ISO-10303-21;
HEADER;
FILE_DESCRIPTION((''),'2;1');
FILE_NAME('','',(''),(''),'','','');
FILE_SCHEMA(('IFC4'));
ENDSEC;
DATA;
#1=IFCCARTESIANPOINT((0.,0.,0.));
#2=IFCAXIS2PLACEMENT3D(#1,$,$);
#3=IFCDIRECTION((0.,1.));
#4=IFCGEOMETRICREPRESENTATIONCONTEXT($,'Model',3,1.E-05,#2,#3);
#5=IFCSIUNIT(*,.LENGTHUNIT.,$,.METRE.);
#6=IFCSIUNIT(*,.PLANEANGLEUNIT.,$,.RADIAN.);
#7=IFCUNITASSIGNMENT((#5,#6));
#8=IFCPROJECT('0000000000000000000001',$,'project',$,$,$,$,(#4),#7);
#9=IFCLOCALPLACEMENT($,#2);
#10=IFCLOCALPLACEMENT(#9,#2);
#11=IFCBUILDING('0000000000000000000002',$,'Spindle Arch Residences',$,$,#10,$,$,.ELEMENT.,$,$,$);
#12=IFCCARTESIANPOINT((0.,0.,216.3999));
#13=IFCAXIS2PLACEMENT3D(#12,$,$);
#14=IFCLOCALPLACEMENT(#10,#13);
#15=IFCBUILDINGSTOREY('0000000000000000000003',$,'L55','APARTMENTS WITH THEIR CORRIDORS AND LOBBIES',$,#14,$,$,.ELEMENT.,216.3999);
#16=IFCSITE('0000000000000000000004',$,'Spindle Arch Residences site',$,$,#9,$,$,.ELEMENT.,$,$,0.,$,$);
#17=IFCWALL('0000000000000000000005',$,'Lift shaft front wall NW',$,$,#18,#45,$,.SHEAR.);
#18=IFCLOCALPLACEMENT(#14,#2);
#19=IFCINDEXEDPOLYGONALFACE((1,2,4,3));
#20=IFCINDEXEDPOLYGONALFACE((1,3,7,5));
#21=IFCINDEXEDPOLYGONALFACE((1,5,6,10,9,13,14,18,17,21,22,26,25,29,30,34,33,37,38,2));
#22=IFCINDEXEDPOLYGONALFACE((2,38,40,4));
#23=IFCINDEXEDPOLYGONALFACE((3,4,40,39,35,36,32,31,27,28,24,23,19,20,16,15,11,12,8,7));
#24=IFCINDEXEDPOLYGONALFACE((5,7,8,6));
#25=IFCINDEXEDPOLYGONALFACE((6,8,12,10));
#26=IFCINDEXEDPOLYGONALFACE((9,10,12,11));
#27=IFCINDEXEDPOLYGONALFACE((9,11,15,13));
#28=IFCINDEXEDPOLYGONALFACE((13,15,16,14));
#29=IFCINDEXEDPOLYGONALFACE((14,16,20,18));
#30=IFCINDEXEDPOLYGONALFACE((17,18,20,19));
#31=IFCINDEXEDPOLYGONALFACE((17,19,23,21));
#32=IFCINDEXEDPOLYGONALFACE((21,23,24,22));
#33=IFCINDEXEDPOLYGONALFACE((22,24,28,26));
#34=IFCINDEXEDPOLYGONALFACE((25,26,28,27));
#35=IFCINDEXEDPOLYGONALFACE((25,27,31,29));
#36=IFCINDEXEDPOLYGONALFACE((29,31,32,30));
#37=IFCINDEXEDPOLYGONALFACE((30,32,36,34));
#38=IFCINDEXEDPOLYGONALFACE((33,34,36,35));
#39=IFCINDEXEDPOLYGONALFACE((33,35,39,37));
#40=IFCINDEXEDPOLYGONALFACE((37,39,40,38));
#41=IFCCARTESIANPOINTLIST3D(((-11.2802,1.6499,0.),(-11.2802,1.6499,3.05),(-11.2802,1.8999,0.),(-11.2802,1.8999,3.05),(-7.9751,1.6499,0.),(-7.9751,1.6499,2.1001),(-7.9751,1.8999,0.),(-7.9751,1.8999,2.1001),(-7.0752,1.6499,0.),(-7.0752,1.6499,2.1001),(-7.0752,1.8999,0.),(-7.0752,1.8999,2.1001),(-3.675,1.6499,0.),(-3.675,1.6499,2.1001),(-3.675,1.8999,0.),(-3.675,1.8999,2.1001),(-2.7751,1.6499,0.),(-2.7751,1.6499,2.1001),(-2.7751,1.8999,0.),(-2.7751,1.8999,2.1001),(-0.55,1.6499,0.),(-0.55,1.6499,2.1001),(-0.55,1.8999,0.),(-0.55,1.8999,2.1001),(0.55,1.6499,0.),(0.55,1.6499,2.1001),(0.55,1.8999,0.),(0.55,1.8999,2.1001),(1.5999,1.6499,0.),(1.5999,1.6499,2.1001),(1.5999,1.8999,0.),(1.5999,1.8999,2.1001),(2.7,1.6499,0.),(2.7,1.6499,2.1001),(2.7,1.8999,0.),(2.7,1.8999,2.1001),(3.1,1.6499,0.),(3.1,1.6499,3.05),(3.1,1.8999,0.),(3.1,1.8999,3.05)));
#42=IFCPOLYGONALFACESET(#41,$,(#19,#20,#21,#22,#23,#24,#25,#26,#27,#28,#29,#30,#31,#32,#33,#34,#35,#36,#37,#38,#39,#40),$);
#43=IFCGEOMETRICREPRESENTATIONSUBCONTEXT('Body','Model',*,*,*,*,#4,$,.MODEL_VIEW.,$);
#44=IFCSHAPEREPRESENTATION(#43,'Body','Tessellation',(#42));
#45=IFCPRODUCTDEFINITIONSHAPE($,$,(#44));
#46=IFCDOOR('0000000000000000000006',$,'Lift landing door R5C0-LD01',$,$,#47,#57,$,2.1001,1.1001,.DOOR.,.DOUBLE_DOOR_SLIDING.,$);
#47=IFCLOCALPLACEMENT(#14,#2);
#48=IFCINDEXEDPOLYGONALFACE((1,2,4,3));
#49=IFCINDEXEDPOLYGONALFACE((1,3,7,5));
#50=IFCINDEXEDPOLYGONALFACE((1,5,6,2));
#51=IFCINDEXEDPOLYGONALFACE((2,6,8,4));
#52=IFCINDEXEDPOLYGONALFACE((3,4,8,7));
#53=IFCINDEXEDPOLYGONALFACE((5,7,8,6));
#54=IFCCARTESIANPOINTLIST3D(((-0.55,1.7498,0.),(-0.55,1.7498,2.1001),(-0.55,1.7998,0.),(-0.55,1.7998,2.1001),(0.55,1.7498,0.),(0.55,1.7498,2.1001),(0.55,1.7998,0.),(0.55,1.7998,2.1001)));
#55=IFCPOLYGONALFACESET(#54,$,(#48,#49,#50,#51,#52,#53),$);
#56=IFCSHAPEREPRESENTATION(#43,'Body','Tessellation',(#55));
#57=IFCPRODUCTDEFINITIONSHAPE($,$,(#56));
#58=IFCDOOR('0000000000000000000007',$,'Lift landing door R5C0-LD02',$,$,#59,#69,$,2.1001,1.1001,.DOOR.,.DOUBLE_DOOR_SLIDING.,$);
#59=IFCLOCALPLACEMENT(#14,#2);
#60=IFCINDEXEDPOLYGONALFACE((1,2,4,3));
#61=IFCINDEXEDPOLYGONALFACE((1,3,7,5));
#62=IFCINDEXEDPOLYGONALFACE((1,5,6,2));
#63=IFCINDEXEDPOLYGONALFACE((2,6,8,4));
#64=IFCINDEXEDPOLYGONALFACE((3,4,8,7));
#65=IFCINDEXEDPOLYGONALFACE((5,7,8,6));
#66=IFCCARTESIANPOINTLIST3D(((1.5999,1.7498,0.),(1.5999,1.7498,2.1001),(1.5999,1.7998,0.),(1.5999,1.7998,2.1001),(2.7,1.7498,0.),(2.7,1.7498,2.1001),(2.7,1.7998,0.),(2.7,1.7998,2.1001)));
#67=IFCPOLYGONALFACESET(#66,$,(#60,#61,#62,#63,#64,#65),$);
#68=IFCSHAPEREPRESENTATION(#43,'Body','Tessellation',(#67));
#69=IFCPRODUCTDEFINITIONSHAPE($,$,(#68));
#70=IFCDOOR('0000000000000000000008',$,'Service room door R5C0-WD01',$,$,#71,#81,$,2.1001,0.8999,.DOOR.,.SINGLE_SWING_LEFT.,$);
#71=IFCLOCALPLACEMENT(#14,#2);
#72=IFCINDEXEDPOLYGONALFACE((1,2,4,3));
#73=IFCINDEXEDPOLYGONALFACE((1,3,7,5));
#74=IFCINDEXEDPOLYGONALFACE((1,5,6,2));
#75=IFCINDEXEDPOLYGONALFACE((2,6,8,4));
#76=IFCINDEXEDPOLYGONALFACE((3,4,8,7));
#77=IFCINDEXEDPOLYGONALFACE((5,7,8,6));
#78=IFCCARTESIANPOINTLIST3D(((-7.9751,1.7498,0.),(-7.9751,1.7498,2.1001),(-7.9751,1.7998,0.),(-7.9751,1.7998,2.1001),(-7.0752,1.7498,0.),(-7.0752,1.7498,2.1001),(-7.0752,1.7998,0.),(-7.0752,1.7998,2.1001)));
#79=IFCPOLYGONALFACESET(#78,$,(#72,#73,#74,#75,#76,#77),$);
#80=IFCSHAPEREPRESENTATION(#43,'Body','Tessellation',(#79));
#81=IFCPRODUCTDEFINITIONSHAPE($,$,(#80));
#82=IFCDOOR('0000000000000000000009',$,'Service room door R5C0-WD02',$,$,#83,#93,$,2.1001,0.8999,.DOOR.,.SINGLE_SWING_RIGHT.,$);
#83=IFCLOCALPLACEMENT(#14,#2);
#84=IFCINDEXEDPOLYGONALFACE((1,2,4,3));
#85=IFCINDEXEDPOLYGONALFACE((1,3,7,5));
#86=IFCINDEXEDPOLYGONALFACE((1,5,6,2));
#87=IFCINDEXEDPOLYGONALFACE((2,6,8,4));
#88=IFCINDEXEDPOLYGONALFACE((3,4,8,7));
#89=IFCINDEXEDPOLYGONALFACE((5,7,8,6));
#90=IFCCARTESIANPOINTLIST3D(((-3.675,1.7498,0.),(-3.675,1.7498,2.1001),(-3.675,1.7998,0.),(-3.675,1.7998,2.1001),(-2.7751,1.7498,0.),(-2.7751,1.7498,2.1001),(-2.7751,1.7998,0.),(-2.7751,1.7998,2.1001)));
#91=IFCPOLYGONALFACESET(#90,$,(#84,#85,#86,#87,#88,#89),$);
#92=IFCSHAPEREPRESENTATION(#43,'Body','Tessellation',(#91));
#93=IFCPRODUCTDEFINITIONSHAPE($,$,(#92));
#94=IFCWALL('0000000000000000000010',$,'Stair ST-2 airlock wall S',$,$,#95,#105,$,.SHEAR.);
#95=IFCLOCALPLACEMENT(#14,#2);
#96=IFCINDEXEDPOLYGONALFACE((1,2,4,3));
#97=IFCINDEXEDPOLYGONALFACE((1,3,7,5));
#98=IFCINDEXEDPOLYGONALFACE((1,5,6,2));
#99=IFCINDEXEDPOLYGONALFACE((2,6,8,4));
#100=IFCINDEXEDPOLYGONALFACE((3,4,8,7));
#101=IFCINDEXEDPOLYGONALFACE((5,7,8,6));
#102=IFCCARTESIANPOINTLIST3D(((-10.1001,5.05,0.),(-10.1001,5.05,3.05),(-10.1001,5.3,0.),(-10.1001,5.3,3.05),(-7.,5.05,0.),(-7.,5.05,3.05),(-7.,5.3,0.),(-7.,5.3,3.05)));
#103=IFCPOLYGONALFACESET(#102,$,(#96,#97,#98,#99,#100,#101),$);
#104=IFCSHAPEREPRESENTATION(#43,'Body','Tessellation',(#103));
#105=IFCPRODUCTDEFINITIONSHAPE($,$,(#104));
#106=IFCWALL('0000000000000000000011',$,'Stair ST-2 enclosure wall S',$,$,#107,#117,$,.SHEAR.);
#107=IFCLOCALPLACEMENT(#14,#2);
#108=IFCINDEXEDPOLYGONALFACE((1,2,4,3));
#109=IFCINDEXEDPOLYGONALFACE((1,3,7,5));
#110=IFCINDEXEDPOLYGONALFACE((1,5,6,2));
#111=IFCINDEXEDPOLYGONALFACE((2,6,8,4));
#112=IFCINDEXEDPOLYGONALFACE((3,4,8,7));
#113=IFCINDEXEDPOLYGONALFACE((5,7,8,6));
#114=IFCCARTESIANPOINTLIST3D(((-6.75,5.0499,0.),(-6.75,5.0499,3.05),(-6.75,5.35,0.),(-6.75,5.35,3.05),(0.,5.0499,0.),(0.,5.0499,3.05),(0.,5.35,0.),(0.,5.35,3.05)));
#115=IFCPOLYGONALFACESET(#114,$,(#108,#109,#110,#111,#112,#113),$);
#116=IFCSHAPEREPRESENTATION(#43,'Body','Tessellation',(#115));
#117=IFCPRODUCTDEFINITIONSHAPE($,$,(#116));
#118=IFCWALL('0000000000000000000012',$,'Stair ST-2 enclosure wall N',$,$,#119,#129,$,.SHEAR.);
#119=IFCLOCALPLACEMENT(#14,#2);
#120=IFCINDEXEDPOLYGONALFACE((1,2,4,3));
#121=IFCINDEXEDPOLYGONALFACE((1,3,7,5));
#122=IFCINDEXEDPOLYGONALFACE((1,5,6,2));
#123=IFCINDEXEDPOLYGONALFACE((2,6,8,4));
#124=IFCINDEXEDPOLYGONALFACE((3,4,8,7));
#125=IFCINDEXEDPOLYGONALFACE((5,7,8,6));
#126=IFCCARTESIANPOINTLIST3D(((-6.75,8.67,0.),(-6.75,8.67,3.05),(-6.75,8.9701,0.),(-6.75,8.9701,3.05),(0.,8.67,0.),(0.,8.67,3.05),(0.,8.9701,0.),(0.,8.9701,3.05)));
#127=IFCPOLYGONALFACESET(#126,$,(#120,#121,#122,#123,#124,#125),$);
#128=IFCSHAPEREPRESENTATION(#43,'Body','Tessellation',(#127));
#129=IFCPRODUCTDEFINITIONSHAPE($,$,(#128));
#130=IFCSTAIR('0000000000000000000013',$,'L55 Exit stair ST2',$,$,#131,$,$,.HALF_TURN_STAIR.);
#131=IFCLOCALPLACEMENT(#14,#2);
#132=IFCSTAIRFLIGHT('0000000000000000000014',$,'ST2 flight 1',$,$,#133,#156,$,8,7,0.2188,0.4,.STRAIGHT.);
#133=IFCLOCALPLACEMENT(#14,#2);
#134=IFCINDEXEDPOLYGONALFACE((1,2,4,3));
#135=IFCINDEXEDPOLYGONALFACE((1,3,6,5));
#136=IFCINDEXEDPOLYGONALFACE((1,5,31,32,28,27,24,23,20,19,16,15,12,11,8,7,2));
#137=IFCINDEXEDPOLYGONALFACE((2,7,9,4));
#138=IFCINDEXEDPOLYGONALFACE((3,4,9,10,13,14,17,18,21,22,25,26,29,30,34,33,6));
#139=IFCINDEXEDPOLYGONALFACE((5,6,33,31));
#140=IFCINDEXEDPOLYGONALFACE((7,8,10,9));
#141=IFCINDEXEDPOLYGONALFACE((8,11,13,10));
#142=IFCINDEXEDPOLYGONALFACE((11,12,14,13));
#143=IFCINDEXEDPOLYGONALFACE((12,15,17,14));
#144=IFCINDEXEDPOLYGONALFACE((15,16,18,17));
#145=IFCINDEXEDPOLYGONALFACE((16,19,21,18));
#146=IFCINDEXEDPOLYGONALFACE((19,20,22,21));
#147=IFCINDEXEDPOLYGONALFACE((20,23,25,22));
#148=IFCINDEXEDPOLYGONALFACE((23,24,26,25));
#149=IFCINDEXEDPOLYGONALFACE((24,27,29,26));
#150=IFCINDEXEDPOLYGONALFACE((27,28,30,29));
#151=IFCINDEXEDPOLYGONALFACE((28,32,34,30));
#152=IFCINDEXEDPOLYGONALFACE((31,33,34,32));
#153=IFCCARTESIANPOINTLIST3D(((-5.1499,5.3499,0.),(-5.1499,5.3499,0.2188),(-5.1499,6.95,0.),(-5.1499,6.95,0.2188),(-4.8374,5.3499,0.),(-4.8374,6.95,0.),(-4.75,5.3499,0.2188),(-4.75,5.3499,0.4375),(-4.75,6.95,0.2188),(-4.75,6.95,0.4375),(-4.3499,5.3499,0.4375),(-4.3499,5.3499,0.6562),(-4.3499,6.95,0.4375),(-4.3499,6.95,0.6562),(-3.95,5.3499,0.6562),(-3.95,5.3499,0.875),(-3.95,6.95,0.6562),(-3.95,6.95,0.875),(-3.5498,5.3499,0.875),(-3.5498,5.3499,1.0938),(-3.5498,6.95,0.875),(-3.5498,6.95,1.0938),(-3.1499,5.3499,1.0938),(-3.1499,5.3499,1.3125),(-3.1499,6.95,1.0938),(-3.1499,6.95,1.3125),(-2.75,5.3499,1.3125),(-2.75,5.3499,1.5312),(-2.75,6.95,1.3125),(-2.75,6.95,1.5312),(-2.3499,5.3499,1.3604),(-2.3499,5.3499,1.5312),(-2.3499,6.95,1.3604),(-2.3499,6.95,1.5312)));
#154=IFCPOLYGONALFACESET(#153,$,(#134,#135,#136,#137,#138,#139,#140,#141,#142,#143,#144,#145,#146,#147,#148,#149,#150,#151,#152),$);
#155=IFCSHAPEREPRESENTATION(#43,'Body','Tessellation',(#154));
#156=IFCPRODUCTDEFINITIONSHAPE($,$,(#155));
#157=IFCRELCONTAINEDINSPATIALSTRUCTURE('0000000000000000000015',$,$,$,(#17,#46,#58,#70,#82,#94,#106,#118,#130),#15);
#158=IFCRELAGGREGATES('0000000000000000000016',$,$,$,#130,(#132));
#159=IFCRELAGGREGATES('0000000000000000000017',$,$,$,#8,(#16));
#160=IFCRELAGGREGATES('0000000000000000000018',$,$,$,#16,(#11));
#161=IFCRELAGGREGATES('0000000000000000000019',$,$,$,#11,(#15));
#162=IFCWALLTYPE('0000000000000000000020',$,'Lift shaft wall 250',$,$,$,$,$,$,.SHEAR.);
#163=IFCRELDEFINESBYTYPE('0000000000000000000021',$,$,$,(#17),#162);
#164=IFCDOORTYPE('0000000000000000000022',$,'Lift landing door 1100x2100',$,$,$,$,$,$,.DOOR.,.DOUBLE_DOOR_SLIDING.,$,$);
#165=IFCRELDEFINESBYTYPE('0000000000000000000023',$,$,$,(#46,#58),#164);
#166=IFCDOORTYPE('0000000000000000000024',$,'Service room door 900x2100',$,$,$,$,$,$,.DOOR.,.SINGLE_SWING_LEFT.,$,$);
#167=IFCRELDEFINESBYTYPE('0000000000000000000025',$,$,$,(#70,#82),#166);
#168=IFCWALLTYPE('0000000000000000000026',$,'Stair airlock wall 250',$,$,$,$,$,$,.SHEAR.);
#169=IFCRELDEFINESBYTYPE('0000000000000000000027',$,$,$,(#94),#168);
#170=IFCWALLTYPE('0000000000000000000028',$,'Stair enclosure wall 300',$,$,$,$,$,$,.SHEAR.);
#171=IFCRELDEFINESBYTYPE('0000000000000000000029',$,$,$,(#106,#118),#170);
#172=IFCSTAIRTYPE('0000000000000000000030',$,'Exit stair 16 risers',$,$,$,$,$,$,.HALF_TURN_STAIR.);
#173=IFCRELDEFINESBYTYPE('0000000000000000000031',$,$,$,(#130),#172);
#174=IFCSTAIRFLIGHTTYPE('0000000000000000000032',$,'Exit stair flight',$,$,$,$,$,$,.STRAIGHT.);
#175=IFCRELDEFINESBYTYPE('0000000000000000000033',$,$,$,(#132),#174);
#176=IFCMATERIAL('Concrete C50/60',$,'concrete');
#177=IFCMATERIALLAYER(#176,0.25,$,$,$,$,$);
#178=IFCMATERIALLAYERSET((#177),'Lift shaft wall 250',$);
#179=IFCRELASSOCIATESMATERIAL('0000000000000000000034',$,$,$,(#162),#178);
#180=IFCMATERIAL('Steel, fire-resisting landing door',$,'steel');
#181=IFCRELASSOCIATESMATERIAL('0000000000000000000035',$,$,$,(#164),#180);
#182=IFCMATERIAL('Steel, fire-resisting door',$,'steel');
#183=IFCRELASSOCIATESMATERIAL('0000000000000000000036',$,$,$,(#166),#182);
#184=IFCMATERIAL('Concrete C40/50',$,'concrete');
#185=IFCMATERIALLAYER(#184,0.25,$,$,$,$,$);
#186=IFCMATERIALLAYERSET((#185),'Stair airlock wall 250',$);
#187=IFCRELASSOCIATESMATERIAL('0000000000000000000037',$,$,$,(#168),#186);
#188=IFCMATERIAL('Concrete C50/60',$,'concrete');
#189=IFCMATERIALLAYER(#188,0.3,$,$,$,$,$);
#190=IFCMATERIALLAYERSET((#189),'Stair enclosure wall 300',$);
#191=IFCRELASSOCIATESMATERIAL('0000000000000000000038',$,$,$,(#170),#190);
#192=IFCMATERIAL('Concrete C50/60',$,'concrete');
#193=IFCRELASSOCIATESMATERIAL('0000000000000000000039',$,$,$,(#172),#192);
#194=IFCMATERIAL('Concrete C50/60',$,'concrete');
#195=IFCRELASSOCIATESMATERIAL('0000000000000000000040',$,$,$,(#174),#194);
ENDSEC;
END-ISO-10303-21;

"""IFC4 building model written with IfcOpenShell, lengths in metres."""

from ifc_helpers import new_model, si_unit, direction, frame, frame_2d, origin, place, context, subcontext, project, spatial, polyline, rectangle, outline, extrude, material, layer, layer_set, type_object, element, fill, aggregate, save


model = new_model("IFC4")

# Units and contexts
model_context = context("Model", 3, precision=1e-05, world=origin(), true_north=direction((0.0, 1.0)))
body_context = subcontext(model_context, "Body", "Model", "MODEL_VIEW")
ifc_project = project(units=[si_unit("LENGTHUNIT", "METRE"), si_unit("PLANEANGLEUNIT", "RADIAN")], contexts=[model_context])

# Site, building, storey
site_placement = place(None, origin())
site = spatial("IfcSite", under=ifc_project, at=site_placement, Name="Spindle Arch Residences site", CompositionType="ELEMENT", RefElevation=0.0)
building_placement = place(site_placement, origin())
building = spatial("IfcBuilding", under=site, at=building_placement, Name="Spindle Arch Residences", CompositionType="ELEMENT")
storey_placement = place(building_placement, frame((0.0, 0.0, 216.3999)))
storey = spatial("IfcBuildingStorey", under=building, at=storey_placement, Name="L55", Description="APARTMENTS WITH THEIR CORRIDORS AND LOBBIES", CompositionType="ELEMENT", Elevation=216.3999)

# Wall, openings, doors
ifc_material_1 = material(Name="Concrete C50/60", Category="concrete")
ifc_layer_1 = layer(ifc_material_1, 0.25)
ifc_layer_set_1 = layer_set([ifc_layer_1], Name="Lift shaft wall 250")
wall_type_1 = type_object("IfcWallType", Name="Lift shaft wall 250", PredefinedType="SHEAR", material=ifc_layer_set_1)
wall_1_placement = place(storey_placement, frame((-11.28, 1.7749, 0.0), z_axis=(0.0, 0.0, 1.0), x_axis=(1.0, 0.0, 0.0)))
wall_1 = element("IfcWall", 1, at=wall_1_placement, inside=storey, type_object=wall_type_1, Name="Lift shaft front wall NW", PredefinedType="SHEAR", context=body_context, shape_type="SweptSolid", body=[
    extrude(rectangle(XDim=14.3801, YDim=0.25, at=frame_2d((7.1899, 0.0))), origin(), (0.0, 0.0, 1.0), 3.05),
])
opening_1_placement = place(wall_1_placement, frame((10.73, 0.0, 0.0)))
opening_1 = element("IfcOpeningElement", 2, at=opening_1_placement, cuts=wall_1, PredefinedType="OPENING", context=body_context, shape_type="SweptSolid", body=[
    extrude(rectangle(XDim=1.1001, YDim=2.1001, at=frame_2d((0.55, 1.05))), frame((0.0, 0.135, 0.0), z_axis=(0.0, -1.0, 0.0), x_axis=(1.0, 0.0, 0.0)), (0.0, 0.0, 1.0), 0.27),
])
opening_2_placement = place(wall_1_placement, frame((12.8799, 0.0, 0.0)))
opening_2 = element("IfcOpeningElement", 3, at=opening_2_placement, cuts=wall_1, PredefinedType="OPENING", context=body_context, shape_type="SweptSolid", body=[
    extrude(rectangle(XDim=1.1001, YDim=2.1001, at=frame_2d((0.55, 1.05))), frame((0.0, 0.135, 0.0), z_axis=(0.0, -1.0, 0.0), x_axis=(1.0, 0.0, 0.0)), (0.0, 0.0, 1.0), 0.27),
])
opening_3_placement = place(wall_1_placement, frame((3.3049, 0.0, 0.0)))
opening_3 = element("IfcOpeningElement", 4, at=opening_3_placement, cuts=wall_1, PredefinedType="OPENING", context=body_context, shape_type="SweptSolid", body=[
    extrude(rectangle(XDim=0.8999, YDim=2.1001, at=frame_2d((0.45, 1.05))), frame((0.0, 0.135, 0.0), z_axis=(0.0, -1.0, 0.0), x_axis=(1.0, 0.0, 0.0)), (0.0, 0.0, 1.0), 0.27),
])
opening_4_placement = place(wall_1_placement, frame((7.605, 0.0, 0.0)))
opening_4 = element("IfcOpeningElement", 5, at=opening_4_placement, cuts=wall_1, PredefinedType="OPENING", context=body_context, shape_type="SweptSolid", body=[
    extrude(rectangle(XDim=0.8999, YDim=2.1001, at=frame_2d((0.45, 1.05))), frame((0.0, 0.135, 0.0), z_axis=(0.0, -1.0, 0.0), x_axis=(1.0, 0.0, 0.0)), (0.0, 0.0, 1.0), 0.27),
])
ifc_material_2 = material(Name="Steel, fire-resisting landing door", Category="steel")
door_type_1 = type_object("IfcDoorType", Name="Lift landing door 1100x2100", OperationType="DOUBLE_DOOR_SLIDING", PredefinedType="DOOR", material=ifc_material_2)
door_1_placement = place(opening_1_placement, origin())
door_1 = element("IfcDoor", 6, at=door_1_placement, inside=storey, type_object=door_type_1, Name="Lift landing door R5C0-LD01", OperationType="DOUBLE_DOOR_SLIDING", OverallHeight=2.1001, OverallWidth=1.1001, PredefinedType="DOOR", context=body_context, shape_type="SweptSolid", body=[
    extrude(rectangle(XDim=1.1001, YDim=2.1001, at=frame_2d((0.55, 1.05))), frame((0.0, 0.0249, 0.0), z_axis=(0.0, -1.0, 0.0), x_axis=(1.0, 0.0, 0.0)), (0.0, 0.0, 1.0), 0.05),
])
fill(opening_1, door_1)
door_2_placement = place(opening_2_placement, origin())
door_2 = element("IfcDoor", 7, at=door_2_placement, inside=storey, type_object=door_type_1, Name="Lift landing door R5C0-LD02", OperationType="DOUBLE_DOOR_SLIDING", OverallHeight=2.1001, OverallWidth=1.1001, PredefinedType="DOOR", context=body_context, shape_type="SweptSolid", body=[
    extrude(rectangle(XDim=1.1001, YDim=2.1001, at=frame_2d((0.55, 1.05))), frame((0.0, 0.0249, 0.0), z_axis=(0.0, -1.0, 0.0), x_axis=(1.0, 0.0, 0.0)), (0.0, 0.0, 1.0), 0.05),
])
fill(opening_2, door_2)
ifc_material_3 = material(Name="Steel, fire-resisting door", Category="steel")
door_type_2 = type_object("IfcDoorType", Name="Service room door 900x2100", OperationType="SINGLE_SWING_LEFT", PredefinedType="DOOR", material=ifc_material_3)
door_3_placement = place(opening_3_placement, origin())
door_3 = element("IfcDoor", 8, at=door_3_placement, inside=storey, type_object=door_type_2, Name="Service room door R5C0-WD01", OperationType="SINGLE_SWING_LEFT", OverallHeight=2.1001, OverallWidth=0.8999, PredefinedType="DOOR", context=body_context, shape_type="SweptSolid", body=[
    extrude(rectangle(XDim=0.8999, YDim=2.1001, at=frame_2d((0.45, 1.05))), frame((0.0, 0.0249, 0.0), z_axis=(0.0, -1.0, 0.0), x_axis=(1.0, 0.0, 0.0)), (0.0, 0.0, 1.0), 0.05),
])
fill(opening_3, door_3)
door_4_placement = place(opening_4_placement, origin())
door_4 = element("IfcDoor", 9, at=door_4_placement, inside=storey, type_object=door_type_2, Name="Service room door R5C0-WD02", OperationType="SINGLE_SWING_RIGHT", OverallHeight=2.1001, OverallWidth=0.8999, PredefinedType="DOOR", context=body_context, shape_type="SweptSolid", body=[
    extrude(rectangle(XDim=0.8999, YDim=2.1001, at=frame_2d((0.45, 1.05))), frame((0.0, 0.0249, 0.0), z_axis=(0.0, -1.0, 0.0), x_axis=(1.0, 0.0, 0.0)), (0.0, 0.0, 1.0), 0.05),
])
fill(opening_4, door_4)

# Walls
ifc_material_4 = material(Name="Concrete C40/50", Category="concrete")
ifc_layer_2 = layer(ifc_material_4, 0.25)
ifc_layer_set_2 = layer_set([ifc_layer_2], Name="Stair airlock wall 250")
wall_type_2 = type_object("IfcWallType", Name="Stair airlock wall 250", PredefinedType="SHEAR", material=ifc_layer_set_2)
wall_2_placement = place(storey_placement, frame((-7.0, 5.175, 0.0), z_axis=(0.0, 0.0, 1.0), x_axis=(-1.0, 0.0, 0.0)))
element("IfcWall", 10, at=wall_2_placement, inside=storey, type_object=wall_type_2, Name="Stair ST-2 airlock wall S", PredefinedType="SHEAR", context=body_context, shape_type="SweptSolid", body=[
    extrude(rectangle(XDim=3.1001, YDim=0.25, at=frame_2d((1.55, 0.0))), origin(), (0.0, 0.0, 1.0), 3.05),
])
ifc_material_5 = material(Name="Concrete C50/60", Category="concrete")
ifc_layer_3 = layer(ifc_material_5, 0.3)
ifc_layer_set_3 = layer_set([ifc_layer_3], Name="Stair enclosure wall 300")
wall_type_3 = type_object("IfcWallType", Name="Stair enclosure wall 300", PredefinedType="SHEAR", material=ifc_layer_set_3)
for number, where, z_axis, x_axis, name in (
    (11, (-6.75, 5.2, 0.0), (0.0, 0.0, 1.0), (1.0, 0.0, 0.0), "Stair ST-2 enclosure wall S"),
    (12, (-6.75, 8.8201, 0.0), (0.0, 0.0, 1.0), (1.0, 0.0, 0.0), "Stair ST-2 enclosure wall N"),
):
    element("IfcWall", number, at=place(storey_placement, frame(where, z_axis=z_axis, x_axis=x_axis)), inside=storey, type_object=wall_type_3, Name=name, PredefinedType="SHEAR", context=body_context, shape_type="SweptSolid", body=[
        extrude(rectangle(XDim=6.75, YDim=0.3, at=frame_2d((3.375, 0.0))), origin(), (0.0, 0.0, 1.0), 3.05),
    ])

# Stair, stair flight
ifc_material_6 = material(Name="Concrete C50/60", Category="concrete")
stair_type = type_object("IfcStairType", Name="Exit stair 16 risers", PredefinedType="HALF_TURN_STAIR", material=ifc_material_6)
stair_placement = place(storey_placement, origin())
stair = element("IfcStair", 13, at=stair_placement, inside=storey, type_object=stair_type, Name="L55 Exit stair ST2", PredefinedType="HALF_TURN_STAIR")
ifc_material_7 = material(Name="Concrete C50/60", Category="concrete")
stair_flight_type = type_object("IfcStairFlightType", Name="Exit stair flight", PredefinedType="STRAIGHT", material=ifc_material_7)
stair_flight_placement = place(storey_placement, frame((-5.1499, 6.1499, 0.0), z_axis=(0.0, 0.0, 1.0), x_axis=(1.0, 0.0, 0.0)))
stair_flight = element("IfcStairFlight", 14, at=stair_flight_placement, type_object=stair_flight_type, Name="ST2 flight 1", NumberOfRisers=8, NumberOfTreads=7, PredefinedType="STRAIGHT", RiserHeight=0.2188, TreadLength=0.4, context=body_context, shape_type="SweptSolid", body=[
    extrude(outline(polyline([(0.0, 0.0), (0.0, 0.2188), (0.3999, 0.2188), (0.3999, 0.4375), (0.8, 0.4375), (0.8, 0.6562), (1.2, 0.6562), (1.2, 0.875), (1.6001, 0.875), (1.6001, 1.0938), (2.0, 1.0938), (2.0, 1.3125), (2.3999, 1.3125), (2.3999, 1.5312), (2.8, 1.5312), (2.8, 1.75), (2.8, 1.3604), (0.3125, 0.0), (0.0, 0.0)])), frame((0.0, 0.8, 0.0), z_axis=(0.0, -1.0, 0.0), x_axis=(1.0, 0.0, 0.0)), (0.0, 0.0, 1.0), 1.6001),
])
aggregate(stair, [stair_flight])

save(model, "model.ifc")
